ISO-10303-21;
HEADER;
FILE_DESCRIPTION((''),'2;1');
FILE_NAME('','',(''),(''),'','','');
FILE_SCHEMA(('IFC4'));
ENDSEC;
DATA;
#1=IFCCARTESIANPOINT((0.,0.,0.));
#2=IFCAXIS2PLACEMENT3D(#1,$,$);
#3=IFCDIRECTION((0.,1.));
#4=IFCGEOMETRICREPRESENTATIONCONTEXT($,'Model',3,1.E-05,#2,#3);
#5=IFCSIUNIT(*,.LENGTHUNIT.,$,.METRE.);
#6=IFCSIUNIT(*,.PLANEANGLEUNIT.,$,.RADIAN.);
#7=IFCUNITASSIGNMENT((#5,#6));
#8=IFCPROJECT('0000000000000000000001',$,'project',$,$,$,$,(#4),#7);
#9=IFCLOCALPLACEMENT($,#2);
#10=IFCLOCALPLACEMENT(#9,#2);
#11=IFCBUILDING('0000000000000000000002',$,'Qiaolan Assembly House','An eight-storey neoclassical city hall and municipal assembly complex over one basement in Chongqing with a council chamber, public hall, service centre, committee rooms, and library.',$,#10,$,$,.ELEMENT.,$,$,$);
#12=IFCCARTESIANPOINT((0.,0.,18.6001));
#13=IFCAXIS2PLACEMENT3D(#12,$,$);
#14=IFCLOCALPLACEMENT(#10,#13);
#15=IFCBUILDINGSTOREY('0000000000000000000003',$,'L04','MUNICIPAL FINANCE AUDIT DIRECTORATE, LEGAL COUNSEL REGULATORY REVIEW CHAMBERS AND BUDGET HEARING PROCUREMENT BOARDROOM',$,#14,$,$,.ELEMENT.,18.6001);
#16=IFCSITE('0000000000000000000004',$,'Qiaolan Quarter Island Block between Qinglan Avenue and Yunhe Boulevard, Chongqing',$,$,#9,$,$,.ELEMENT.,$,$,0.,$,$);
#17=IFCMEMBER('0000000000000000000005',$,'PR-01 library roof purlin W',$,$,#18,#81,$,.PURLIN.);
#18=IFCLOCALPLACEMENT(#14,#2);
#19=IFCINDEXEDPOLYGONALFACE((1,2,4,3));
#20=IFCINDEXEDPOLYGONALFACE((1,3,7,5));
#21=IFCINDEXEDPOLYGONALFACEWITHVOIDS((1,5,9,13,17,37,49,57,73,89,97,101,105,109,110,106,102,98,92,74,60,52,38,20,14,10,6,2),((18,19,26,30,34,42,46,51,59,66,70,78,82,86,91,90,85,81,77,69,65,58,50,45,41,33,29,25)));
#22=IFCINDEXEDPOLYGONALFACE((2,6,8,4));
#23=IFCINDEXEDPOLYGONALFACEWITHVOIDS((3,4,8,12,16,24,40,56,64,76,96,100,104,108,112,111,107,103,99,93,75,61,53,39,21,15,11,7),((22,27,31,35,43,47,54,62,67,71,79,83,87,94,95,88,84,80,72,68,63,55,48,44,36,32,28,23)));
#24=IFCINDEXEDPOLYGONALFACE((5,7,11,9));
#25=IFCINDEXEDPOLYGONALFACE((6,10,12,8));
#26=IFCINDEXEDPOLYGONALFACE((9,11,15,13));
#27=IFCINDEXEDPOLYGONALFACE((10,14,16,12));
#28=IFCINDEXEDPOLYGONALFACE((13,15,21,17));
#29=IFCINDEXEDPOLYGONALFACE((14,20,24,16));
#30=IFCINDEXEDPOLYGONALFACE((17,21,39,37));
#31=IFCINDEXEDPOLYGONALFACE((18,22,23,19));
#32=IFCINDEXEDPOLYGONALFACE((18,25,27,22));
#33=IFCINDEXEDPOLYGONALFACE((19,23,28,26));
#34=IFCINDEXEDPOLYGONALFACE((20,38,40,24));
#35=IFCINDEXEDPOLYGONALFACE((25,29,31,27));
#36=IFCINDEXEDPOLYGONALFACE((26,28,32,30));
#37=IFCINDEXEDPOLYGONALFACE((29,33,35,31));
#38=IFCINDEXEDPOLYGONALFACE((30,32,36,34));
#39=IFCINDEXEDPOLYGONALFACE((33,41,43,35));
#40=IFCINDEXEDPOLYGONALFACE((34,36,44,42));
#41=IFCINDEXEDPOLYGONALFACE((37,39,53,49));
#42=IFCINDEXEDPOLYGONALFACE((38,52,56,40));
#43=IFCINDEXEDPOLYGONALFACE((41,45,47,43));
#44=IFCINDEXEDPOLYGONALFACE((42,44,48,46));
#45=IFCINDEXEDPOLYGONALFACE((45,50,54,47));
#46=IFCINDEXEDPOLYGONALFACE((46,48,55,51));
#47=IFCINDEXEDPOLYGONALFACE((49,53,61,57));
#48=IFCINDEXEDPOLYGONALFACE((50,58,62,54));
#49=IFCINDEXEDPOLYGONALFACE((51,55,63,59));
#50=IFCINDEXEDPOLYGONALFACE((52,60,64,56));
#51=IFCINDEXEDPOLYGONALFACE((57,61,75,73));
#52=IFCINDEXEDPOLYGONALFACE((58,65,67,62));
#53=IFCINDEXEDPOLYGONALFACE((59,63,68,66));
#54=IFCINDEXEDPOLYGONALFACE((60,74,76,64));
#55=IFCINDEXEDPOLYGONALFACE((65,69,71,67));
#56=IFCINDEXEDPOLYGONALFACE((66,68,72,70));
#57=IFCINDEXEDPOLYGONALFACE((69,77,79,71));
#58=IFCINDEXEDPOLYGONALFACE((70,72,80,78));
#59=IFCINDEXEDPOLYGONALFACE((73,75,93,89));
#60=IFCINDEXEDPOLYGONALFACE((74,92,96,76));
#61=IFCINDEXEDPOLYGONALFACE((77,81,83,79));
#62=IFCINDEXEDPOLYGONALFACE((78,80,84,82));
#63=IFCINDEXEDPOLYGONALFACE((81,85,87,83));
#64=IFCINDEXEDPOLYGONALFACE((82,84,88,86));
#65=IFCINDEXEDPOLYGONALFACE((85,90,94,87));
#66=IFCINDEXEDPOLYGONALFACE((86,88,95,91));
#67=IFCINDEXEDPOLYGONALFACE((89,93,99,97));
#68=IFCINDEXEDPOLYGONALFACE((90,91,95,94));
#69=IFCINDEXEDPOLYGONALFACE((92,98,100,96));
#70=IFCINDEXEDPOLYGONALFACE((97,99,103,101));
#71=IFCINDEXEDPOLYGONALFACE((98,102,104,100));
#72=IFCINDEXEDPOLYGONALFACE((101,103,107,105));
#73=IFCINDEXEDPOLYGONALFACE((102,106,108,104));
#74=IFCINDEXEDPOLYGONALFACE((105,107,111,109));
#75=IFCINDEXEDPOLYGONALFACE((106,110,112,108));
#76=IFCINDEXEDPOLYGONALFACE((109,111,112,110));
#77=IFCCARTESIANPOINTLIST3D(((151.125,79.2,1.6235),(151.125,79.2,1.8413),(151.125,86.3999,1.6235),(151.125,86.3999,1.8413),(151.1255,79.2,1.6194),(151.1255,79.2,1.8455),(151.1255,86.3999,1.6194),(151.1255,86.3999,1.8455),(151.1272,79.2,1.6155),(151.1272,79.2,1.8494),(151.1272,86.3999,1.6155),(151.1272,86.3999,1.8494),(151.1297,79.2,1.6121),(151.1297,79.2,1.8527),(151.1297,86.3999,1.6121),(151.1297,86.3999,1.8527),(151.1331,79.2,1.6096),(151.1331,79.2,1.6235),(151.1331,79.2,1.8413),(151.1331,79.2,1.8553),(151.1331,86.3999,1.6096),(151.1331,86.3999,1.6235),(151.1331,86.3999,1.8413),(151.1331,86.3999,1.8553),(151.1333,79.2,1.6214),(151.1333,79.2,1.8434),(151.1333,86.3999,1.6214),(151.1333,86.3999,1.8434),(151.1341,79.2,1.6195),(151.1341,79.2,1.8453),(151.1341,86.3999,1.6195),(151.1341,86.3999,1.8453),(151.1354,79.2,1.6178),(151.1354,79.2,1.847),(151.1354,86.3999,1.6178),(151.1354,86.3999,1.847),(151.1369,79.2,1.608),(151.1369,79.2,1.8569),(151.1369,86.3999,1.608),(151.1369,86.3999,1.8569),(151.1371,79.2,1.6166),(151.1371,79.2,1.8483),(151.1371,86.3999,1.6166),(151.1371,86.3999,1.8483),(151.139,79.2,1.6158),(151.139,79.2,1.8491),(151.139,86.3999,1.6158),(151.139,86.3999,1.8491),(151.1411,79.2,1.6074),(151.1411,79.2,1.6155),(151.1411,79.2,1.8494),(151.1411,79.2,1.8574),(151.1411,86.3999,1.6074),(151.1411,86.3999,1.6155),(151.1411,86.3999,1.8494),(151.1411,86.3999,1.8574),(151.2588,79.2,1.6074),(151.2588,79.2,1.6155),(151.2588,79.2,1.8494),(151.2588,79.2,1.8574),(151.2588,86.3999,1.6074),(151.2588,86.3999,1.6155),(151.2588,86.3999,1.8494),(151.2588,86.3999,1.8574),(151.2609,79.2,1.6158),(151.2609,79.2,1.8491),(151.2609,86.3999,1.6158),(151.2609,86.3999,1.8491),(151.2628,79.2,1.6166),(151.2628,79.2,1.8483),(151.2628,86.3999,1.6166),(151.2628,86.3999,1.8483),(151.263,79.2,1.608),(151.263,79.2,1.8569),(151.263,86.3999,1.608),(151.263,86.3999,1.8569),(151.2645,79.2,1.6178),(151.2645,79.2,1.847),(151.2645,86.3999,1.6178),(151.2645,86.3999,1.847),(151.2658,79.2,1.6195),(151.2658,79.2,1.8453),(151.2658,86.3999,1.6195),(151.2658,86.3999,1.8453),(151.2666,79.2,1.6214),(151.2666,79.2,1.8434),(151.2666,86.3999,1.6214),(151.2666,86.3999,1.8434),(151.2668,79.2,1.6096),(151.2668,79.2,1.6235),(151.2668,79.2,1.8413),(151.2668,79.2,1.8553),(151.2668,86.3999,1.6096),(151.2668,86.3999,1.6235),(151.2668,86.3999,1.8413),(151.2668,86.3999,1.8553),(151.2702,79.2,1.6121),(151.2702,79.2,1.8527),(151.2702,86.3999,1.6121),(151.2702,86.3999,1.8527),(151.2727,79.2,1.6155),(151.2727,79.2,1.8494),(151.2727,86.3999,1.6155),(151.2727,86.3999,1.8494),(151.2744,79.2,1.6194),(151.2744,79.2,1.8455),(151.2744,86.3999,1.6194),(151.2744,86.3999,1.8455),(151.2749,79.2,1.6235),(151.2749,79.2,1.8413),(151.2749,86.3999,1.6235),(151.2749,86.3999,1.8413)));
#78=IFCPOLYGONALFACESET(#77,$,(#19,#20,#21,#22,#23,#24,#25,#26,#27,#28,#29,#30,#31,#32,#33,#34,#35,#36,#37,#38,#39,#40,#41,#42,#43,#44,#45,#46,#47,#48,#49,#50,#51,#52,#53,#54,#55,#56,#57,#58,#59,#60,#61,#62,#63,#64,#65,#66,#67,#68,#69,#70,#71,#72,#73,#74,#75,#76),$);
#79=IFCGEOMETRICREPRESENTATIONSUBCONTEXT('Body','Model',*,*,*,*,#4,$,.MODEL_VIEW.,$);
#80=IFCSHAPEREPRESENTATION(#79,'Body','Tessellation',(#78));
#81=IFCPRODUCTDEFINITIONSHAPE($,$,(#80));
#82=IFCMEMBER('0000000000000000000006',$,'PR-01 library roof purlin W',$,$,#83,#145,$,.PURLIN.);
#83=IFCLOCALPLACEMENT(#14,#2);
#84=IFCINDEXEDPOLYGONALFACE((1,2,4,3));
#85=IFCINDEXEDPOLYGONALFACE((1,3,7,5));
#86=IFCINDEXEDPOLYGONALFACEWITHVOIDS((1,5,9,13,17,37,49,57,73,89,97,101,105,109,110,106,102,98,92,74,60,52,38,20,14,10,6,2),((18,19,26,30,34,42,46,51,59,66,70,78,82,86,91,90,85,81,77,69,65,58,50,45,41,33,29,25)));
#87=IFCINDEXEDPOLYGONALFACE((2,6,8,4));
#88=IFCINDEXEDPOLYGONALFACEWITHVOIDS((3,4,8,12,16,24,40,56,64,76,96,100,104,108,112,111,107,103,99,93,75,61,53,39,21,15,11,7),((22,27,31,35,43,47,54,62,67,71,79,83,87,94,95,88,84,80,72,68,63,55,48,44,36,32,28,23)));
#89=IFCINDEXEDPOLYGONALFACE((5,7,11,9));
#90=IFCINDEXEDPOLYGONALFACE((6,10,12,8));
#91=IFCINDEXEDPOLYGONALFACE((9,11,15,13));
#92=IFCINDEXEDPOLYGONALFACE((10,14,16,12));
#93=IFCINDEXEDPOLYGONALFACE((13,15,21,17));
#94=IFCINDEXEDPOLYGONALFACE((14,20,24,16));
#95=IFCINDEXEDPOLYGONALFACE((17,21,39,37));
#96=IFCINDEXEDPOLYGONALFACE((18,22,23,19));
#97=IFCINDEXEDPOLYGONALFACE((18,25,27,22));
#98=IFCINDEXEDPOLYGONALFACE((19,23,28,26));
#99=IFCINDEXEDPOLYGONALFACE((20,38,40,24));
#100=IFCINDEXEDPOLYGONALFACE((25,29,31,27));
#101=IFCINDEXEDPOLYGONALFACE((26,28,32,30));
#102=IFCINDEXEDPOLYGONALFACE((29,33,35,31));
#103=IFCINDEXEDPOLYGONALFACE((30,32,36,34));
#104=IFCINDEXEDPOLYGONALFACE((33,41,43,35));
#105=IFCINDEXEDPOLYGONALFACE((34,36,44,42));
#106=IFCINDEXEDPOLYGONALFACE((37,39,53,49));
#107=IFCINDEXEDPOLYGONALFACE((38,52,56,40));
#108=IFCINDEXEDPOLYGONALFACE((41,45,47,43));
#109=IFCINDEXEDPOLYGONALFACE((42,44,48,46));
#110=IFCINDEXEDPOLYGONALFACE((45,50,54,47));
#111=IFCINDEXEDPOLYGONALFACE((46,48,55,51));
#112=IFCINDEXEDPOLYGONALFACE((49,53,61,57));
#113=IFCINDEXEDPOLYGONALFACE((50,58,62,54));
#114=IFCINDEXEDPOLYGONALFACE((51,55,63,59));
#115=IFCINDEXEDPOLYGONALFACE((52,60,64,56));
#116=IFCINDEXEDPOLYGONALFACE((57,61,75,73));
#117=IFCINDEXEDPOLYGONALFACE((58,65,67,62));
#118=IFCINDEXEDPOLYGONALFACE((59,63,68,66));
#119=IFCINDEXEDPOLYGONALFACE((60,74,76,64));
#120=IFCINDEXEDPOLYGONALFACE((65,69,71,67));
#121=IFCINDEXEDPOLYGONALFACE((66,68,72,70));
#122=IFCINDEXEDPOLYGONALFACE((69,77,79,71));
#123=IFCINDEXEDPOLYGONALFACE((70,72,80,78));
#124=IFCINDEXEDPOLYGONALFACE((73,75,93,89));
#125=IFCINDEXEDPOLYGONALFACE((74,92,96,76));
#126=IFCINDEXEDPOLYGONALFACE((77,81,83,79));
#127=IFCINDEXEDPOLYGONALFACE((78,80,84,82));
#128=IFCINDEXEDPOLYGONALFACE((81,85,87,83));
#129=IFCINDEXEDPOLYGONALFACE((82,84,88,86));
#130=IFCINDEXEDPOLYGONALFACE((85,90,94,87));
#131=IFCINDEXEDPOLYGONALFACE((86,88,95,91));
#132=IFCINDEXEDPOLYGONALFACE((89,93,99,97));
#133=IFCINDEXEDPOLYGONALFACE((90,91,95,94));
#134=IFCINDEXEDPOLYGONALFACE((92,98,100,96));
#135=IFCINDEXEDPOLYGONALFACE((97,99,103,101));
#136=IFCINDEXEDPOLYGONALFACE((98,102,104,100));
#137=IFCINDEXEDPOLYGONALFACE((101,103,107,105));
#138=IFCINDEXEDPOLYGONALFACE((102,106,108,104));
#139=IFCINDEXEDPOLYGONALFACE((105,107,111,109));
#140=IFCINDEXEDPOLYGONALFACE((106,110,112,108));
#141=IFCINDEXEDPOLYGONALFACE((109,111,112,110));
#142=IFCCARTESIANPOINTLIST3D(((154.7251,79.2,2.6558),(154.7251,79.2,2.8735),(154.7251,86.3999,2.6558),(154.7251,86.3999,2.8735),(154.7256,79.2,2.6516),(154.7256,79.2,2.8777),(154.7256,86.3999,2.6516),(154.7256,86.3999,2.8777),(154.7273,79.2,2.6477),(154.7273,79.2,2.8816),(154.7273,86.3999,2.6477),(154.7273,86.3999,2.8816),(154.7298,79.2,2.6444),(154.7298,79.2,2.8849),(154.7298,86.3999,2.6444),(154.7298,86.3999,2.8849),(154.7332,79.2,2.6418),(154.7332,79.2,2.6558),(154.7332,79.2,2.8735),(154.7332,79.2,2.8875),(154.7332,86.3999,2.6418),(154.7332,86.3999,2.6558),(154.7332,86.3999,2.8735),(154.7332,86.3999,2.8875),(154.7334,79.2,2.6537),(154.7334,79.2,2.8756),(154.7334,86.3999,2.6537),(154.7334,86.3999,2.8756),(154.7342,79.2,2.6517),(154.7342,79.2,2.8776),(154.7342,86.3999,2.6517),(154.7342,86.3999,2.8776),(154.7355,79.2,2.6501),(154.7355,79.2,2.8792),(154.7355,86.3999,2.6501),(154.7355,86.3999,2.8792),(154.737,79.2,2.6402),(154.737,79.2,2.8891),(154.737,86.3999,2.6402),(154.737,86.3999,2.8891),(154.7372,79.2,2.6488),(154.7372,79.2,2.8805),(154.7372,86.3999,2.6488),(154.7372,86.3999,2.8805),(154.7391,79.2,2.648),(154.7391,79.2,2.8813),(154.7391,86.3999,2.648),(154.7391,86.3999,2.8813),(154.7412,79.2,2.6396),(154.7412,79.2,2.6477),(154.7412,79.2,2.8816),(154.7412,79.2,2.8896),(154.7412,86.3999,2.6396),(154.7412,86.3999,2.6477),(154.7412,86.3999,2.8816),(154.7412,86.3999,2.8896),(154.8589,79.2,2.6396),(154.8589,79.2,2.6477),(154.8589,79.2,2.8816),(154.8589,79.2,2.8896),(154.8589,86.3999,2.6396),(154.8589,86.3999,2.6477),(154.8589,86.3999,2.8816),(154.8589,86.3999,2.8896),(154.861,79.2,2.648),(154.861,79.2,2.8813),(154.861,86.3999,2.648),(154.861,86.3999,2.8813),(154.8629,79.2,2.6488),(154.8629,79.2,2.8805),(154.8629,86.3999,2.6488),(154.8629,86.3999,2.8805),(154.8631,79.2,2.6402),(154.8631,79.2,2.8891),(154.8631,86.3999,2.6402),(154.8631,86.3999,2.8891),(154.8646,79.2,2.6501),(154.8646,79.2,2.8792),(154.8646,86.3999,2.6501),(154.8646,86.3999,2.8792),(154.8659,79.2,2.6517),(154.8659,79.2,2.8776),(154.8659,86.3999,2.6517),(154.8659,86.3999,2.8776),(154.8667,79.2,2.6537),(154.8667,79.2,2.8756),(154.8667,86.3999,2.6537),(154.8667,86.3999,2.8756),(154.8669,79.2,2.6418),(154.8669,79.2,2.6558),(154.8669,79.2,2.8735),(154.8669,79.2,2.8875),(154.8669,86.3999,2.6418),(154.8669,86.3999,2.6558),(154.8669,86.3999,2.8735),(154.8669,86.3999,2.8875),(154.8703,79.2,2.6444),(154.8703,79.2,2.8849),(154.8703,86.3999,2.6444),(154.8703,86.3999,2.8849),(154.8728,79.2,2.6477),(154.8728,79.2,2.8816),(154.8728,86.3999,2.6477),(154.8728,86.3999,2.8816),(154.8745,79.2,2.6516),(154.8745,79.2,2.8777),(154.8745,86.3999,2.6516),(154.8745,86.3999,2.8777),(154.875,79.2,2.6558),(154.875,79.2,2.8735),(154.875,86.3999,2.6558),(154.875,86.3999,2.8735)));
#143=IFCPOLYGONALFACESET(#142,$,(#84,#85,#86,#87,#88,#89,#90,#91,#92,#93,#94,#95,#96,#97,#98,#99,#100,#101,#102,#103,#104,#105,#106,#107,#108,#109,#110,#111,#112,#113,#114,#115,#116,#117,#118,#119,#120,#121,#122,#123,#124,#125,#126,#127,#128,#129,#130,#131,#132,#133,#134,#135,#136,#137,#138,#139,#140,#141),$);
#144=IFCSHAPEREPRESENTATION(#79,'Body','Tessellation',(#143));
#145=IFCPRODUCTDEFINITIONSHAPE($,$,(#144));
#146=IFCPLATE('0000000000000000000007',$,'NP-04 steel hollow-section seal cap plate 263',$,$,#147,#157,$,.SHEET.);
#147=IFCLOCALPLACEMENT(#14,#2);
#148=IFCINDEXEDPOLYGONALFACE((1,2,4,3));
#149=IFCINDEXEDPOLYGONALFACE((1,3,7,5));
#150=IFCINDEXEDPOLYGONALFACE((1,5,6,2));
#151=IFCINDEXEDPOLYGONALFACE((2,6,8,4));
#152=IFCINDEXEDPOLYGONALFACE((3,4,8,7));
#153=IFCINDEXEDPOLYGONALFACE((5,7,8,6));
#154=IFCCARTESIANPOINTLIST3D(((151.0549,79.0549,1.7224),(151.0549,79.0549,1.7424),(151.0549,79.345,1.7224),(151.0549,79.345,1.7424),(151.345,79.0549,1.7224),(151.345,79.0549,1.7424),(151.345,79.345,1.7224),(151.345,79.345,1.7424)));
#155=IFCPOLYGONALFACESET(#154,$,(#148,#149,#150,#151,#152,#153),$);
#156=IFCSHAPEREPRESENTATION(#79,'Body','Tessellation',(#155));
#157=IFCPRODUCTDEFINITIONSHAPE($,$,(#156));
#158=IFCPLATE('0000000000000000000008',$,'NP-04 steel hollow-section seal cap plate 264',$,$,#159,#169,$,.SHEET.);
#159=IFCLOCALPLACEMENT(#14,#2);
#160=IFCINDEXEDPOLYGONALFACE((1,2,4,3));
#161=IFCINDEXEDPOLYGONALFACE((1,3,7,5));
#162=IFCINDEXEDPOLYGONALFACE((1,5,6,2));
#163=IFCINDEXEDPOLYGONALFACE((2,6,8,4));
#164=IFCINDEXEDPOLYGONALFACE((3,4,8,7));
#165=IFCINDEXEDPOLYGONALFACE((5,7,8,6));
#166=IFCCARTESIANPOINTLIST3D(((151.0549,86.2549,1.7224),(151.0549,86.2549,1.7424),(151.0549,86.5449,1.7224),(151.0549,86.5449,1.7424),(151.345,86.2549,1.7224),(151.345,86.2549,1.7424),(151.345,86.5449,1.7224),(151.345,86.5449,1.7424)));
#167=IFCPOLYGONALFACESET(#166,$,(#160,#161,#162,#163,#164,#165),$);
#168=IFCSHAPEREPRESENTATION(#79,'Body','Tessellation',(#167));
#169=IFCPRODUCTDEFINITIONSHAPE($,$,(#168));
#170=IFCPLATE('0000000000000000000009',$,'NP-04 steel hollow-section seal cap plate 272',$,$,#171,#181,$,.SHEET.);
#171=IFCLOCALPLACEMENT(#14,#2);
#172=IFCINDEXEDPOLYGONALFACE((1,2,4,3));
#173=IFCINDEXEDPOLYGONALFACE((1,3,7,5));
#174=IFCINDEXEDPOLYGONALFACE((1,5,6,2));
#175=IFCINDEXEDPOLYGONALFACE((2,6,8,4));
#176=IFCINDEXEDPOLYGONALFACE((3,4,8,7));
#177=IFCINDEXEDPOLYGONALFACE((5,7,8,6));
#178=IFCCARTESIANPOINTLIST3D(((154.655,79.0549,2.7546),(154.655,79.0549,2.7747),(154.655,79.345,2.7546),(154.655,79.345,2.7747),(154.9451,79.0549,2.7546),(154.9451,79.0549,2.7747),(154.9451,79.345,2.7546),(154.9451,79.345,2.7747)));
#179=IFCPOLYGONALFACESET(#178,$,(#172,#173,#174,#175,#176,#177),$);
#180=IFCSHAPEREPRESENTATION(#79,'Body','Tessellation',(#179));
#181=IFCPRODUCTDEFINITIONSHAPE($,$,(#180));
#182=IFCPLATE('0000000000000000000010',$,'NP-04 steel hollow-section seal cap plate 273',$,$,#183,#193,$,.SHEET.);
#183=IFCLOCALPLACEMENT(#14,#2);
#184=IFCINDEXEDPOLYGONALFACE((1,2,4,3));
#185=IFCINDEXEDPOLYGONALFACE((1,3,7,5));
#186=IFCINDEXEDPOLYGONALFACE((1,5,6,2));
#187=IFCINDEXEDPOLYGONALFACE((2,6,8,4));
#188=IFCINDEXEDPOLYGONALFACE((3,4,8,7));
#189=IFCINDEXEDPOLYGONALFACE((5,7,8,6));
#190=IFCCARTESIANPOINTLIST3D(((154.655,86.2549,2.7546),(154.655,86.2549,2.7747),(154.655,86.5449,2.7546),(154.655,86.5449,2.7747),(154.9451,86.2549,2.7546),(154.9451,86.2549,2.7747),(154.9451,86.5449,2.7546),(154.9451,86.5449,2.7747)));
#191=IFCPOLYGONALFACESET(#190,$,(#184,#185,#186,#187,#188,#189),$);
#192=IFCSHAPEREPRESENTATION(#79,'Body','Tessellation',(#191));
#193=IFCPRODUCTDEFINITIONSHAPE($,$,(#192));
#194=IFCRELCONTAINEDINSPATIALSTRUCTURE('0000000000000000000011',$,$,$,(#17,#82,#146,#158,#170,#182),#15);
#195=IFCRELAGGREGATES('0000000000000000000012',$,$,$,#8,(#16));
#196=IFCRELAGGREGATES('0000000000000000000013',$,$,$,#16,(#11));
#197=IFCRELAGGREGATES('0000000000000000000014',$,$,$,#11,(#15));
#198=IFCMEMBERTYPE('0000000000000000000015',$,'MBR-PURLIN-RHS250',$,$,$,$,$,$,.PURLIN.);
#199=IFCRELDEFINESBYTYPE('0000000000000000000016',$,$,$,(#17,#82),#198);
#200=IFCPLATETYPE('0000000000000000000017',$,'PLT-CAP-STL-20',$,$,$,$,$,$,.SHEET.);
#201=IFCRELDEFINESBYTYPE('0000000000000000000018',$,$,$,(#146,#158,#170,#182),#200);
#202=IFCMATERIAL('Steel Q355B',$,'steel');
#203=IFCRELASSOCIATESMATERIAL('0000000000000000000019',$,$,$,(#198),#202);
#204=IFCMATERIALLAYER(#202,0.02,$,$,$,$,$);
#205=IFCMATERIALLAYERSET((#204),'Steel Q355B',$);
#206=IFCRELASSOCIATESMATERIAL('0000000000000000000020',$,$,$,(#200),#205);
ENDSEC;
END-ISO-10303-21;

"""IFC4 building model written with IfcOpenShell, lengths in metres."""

from ifc_helpers import new_model, si_unit, direction, frame, origin, origin_2d, place, context, subcontext, project, spatial, rectangle, hollow_rectangle, extrude, material, layer, layer_set, material_profile, profile_set, type_object, element, save


model = new_model("IFC4")

# Units and contexts
model_context = context("Model", 3, precision=1e-05, world=origin(), true_north=direction((0.0, 1.0)))
body_context = subcontext(model_context, "Body", "Model", "MODEL_VIEW")
ifc_project = project(units=[si_unit("LENGTHUNIT", "METRE"), si_unit("PLANEANGLEUNIT", "RADIAN")], contexts=[model_context])

# Site, building, storey
site_placement = place(None, origin())
site = spatial("IfcSite", under=ifc_project, at=site_placement, Name="Qiaolan Quarter Island Block between Qinglan Avenue and Yunhe Boulevard, Chongqing", CompositionType="ELEMENT", RefElevation=0.0)
building_placement = place(site_placement, origin())
building = spatial("IfcBuilding", under=site, at=building_placement, Name="Qiaolan Assembly House", Description="An eight-storey neoclassical city hall and municipal assembly complex over one basement in Chongqing with a council chamber, public hall, service centre, committee rooms, and library.", CompositionType="ELEMENT")
storey_placement = place(building_placement, frame((0.0, 0.0, 18.6001)))
storey = spatial("IfcBuildingStorey", under=building, at=storey_placement, Name="L04", Description="MUNICIPAL FINANCE AUDIT DIRECTORATE, LEGAL COUNSEL REGULATORY REVIEW CHAMBERS AND BUDGET HEARING PROCUREMENT BOARDROOM", CompositionType="ELEMENT", Elevation=18.6001)

# Shared definitions
ifc_material = material(Name="Steel Q355B", Category="steel")

# Members
ifc_material_profile_1 = material_profile(ifc_material, hollow_rectangle(XDim=0.1499, YDim=0.25, WallThickness=0.0081, InnerFilletRadius=0.0081, OuterFilletRadius=0.0161, at=origin_2d()), Name="RHS 250x150x8")
ifc_profile_set_1 = profile_set([ifc_material_profile_1], Name="Steel Q355B")
member_type_1 = type_object("IfcMemberType", Name="MBR-PURLIN-RHS250", PredefinedType="PURLIN", material=ifc_profile_set_1)
for number, where, z_axis, x_axis, name in (
    (1, (151.2, 79.2, 1.7324), (0.0, 1.0, 0.0), (-1.0, 0.0, 0.0), "PR-01 library roof purlin W"),
    (2, (154.8, 79.2, 2.7646), (0.0, 1.0, 0.0), (-1.0, 0.0, 0.0), "PR-01 library roof purlin W"),
):
    element("IfcMember", number, at=place(storey_placement, frame(where, z_axis=z_axis, x_axis=x_axis)), inside=storey, type_object=member_type_1, Name=name, PredefinedType="PURLIN", context=body_context, shape_type="SweptSolid", body=[
        extrude(hollow_rectangle(XDim=0.1499, YDim=0.25, WallThickness=0.0081, InnerFilletRadius=0.0081, OuterFilletRadius=0.0161, at=origin_2d()), origin(), (0.0, 0.0, 1.0), 7.2),
    ])

# Plates
ifc_layer = layer(ifc_material, 0.02)
ifc_layer_set = layer_set([ifc_layer], Name="Steel Q355B")
plate_type = type_object("IfcPlateType", Name="PLT-CAP-STL-20", PredefinedType="SHEET", material=ifc_layer_set)
for number, where, z_axis, x_axis, name in (
    (3, (151.2, 79.2, 1.7224), (0.0, 0.0, 1.0), (1.0, 0.0, 0.0), "NP-04 steel hollow-section seal cap plate 263"),
    (4, (151.2, 86.3999, 1.7224), (0.0, 0.0, 1.0), (1.0, 0.0, 0.0), "NP-04 steel hollow-section seal cap plate 264"),
    (5, (154.8, 79.2, 2.7546), (0.0, 0.0, 1.0), (1.0, 0.0, 0.0), "NP-04 steel hollow-section seal cap plate 272"),
    (6, (154.8, 86.3999, 2.7546), (0.0, 0.0, 1.0), (1.0, 0.0, 0.0), "NP-04 steel hollow-section seal cap plate 273"),
):
    element("IfcPlate", number, at=place(storey_placement, frame(where, z_axis=z_axis, x_axis=x_axis)), inside=storey, type_object=plate_type, Name=name, PredefinedType="SHEET", context=body_context, shape_type="SweptSolid", body=[
        extrude(rectangle(XDim=0.29, YDim=0.29, at=origin_2d()), origin(), (0.0, 0.0, 1.0), 0.02),
    ])

save(model, "model.ifc")
